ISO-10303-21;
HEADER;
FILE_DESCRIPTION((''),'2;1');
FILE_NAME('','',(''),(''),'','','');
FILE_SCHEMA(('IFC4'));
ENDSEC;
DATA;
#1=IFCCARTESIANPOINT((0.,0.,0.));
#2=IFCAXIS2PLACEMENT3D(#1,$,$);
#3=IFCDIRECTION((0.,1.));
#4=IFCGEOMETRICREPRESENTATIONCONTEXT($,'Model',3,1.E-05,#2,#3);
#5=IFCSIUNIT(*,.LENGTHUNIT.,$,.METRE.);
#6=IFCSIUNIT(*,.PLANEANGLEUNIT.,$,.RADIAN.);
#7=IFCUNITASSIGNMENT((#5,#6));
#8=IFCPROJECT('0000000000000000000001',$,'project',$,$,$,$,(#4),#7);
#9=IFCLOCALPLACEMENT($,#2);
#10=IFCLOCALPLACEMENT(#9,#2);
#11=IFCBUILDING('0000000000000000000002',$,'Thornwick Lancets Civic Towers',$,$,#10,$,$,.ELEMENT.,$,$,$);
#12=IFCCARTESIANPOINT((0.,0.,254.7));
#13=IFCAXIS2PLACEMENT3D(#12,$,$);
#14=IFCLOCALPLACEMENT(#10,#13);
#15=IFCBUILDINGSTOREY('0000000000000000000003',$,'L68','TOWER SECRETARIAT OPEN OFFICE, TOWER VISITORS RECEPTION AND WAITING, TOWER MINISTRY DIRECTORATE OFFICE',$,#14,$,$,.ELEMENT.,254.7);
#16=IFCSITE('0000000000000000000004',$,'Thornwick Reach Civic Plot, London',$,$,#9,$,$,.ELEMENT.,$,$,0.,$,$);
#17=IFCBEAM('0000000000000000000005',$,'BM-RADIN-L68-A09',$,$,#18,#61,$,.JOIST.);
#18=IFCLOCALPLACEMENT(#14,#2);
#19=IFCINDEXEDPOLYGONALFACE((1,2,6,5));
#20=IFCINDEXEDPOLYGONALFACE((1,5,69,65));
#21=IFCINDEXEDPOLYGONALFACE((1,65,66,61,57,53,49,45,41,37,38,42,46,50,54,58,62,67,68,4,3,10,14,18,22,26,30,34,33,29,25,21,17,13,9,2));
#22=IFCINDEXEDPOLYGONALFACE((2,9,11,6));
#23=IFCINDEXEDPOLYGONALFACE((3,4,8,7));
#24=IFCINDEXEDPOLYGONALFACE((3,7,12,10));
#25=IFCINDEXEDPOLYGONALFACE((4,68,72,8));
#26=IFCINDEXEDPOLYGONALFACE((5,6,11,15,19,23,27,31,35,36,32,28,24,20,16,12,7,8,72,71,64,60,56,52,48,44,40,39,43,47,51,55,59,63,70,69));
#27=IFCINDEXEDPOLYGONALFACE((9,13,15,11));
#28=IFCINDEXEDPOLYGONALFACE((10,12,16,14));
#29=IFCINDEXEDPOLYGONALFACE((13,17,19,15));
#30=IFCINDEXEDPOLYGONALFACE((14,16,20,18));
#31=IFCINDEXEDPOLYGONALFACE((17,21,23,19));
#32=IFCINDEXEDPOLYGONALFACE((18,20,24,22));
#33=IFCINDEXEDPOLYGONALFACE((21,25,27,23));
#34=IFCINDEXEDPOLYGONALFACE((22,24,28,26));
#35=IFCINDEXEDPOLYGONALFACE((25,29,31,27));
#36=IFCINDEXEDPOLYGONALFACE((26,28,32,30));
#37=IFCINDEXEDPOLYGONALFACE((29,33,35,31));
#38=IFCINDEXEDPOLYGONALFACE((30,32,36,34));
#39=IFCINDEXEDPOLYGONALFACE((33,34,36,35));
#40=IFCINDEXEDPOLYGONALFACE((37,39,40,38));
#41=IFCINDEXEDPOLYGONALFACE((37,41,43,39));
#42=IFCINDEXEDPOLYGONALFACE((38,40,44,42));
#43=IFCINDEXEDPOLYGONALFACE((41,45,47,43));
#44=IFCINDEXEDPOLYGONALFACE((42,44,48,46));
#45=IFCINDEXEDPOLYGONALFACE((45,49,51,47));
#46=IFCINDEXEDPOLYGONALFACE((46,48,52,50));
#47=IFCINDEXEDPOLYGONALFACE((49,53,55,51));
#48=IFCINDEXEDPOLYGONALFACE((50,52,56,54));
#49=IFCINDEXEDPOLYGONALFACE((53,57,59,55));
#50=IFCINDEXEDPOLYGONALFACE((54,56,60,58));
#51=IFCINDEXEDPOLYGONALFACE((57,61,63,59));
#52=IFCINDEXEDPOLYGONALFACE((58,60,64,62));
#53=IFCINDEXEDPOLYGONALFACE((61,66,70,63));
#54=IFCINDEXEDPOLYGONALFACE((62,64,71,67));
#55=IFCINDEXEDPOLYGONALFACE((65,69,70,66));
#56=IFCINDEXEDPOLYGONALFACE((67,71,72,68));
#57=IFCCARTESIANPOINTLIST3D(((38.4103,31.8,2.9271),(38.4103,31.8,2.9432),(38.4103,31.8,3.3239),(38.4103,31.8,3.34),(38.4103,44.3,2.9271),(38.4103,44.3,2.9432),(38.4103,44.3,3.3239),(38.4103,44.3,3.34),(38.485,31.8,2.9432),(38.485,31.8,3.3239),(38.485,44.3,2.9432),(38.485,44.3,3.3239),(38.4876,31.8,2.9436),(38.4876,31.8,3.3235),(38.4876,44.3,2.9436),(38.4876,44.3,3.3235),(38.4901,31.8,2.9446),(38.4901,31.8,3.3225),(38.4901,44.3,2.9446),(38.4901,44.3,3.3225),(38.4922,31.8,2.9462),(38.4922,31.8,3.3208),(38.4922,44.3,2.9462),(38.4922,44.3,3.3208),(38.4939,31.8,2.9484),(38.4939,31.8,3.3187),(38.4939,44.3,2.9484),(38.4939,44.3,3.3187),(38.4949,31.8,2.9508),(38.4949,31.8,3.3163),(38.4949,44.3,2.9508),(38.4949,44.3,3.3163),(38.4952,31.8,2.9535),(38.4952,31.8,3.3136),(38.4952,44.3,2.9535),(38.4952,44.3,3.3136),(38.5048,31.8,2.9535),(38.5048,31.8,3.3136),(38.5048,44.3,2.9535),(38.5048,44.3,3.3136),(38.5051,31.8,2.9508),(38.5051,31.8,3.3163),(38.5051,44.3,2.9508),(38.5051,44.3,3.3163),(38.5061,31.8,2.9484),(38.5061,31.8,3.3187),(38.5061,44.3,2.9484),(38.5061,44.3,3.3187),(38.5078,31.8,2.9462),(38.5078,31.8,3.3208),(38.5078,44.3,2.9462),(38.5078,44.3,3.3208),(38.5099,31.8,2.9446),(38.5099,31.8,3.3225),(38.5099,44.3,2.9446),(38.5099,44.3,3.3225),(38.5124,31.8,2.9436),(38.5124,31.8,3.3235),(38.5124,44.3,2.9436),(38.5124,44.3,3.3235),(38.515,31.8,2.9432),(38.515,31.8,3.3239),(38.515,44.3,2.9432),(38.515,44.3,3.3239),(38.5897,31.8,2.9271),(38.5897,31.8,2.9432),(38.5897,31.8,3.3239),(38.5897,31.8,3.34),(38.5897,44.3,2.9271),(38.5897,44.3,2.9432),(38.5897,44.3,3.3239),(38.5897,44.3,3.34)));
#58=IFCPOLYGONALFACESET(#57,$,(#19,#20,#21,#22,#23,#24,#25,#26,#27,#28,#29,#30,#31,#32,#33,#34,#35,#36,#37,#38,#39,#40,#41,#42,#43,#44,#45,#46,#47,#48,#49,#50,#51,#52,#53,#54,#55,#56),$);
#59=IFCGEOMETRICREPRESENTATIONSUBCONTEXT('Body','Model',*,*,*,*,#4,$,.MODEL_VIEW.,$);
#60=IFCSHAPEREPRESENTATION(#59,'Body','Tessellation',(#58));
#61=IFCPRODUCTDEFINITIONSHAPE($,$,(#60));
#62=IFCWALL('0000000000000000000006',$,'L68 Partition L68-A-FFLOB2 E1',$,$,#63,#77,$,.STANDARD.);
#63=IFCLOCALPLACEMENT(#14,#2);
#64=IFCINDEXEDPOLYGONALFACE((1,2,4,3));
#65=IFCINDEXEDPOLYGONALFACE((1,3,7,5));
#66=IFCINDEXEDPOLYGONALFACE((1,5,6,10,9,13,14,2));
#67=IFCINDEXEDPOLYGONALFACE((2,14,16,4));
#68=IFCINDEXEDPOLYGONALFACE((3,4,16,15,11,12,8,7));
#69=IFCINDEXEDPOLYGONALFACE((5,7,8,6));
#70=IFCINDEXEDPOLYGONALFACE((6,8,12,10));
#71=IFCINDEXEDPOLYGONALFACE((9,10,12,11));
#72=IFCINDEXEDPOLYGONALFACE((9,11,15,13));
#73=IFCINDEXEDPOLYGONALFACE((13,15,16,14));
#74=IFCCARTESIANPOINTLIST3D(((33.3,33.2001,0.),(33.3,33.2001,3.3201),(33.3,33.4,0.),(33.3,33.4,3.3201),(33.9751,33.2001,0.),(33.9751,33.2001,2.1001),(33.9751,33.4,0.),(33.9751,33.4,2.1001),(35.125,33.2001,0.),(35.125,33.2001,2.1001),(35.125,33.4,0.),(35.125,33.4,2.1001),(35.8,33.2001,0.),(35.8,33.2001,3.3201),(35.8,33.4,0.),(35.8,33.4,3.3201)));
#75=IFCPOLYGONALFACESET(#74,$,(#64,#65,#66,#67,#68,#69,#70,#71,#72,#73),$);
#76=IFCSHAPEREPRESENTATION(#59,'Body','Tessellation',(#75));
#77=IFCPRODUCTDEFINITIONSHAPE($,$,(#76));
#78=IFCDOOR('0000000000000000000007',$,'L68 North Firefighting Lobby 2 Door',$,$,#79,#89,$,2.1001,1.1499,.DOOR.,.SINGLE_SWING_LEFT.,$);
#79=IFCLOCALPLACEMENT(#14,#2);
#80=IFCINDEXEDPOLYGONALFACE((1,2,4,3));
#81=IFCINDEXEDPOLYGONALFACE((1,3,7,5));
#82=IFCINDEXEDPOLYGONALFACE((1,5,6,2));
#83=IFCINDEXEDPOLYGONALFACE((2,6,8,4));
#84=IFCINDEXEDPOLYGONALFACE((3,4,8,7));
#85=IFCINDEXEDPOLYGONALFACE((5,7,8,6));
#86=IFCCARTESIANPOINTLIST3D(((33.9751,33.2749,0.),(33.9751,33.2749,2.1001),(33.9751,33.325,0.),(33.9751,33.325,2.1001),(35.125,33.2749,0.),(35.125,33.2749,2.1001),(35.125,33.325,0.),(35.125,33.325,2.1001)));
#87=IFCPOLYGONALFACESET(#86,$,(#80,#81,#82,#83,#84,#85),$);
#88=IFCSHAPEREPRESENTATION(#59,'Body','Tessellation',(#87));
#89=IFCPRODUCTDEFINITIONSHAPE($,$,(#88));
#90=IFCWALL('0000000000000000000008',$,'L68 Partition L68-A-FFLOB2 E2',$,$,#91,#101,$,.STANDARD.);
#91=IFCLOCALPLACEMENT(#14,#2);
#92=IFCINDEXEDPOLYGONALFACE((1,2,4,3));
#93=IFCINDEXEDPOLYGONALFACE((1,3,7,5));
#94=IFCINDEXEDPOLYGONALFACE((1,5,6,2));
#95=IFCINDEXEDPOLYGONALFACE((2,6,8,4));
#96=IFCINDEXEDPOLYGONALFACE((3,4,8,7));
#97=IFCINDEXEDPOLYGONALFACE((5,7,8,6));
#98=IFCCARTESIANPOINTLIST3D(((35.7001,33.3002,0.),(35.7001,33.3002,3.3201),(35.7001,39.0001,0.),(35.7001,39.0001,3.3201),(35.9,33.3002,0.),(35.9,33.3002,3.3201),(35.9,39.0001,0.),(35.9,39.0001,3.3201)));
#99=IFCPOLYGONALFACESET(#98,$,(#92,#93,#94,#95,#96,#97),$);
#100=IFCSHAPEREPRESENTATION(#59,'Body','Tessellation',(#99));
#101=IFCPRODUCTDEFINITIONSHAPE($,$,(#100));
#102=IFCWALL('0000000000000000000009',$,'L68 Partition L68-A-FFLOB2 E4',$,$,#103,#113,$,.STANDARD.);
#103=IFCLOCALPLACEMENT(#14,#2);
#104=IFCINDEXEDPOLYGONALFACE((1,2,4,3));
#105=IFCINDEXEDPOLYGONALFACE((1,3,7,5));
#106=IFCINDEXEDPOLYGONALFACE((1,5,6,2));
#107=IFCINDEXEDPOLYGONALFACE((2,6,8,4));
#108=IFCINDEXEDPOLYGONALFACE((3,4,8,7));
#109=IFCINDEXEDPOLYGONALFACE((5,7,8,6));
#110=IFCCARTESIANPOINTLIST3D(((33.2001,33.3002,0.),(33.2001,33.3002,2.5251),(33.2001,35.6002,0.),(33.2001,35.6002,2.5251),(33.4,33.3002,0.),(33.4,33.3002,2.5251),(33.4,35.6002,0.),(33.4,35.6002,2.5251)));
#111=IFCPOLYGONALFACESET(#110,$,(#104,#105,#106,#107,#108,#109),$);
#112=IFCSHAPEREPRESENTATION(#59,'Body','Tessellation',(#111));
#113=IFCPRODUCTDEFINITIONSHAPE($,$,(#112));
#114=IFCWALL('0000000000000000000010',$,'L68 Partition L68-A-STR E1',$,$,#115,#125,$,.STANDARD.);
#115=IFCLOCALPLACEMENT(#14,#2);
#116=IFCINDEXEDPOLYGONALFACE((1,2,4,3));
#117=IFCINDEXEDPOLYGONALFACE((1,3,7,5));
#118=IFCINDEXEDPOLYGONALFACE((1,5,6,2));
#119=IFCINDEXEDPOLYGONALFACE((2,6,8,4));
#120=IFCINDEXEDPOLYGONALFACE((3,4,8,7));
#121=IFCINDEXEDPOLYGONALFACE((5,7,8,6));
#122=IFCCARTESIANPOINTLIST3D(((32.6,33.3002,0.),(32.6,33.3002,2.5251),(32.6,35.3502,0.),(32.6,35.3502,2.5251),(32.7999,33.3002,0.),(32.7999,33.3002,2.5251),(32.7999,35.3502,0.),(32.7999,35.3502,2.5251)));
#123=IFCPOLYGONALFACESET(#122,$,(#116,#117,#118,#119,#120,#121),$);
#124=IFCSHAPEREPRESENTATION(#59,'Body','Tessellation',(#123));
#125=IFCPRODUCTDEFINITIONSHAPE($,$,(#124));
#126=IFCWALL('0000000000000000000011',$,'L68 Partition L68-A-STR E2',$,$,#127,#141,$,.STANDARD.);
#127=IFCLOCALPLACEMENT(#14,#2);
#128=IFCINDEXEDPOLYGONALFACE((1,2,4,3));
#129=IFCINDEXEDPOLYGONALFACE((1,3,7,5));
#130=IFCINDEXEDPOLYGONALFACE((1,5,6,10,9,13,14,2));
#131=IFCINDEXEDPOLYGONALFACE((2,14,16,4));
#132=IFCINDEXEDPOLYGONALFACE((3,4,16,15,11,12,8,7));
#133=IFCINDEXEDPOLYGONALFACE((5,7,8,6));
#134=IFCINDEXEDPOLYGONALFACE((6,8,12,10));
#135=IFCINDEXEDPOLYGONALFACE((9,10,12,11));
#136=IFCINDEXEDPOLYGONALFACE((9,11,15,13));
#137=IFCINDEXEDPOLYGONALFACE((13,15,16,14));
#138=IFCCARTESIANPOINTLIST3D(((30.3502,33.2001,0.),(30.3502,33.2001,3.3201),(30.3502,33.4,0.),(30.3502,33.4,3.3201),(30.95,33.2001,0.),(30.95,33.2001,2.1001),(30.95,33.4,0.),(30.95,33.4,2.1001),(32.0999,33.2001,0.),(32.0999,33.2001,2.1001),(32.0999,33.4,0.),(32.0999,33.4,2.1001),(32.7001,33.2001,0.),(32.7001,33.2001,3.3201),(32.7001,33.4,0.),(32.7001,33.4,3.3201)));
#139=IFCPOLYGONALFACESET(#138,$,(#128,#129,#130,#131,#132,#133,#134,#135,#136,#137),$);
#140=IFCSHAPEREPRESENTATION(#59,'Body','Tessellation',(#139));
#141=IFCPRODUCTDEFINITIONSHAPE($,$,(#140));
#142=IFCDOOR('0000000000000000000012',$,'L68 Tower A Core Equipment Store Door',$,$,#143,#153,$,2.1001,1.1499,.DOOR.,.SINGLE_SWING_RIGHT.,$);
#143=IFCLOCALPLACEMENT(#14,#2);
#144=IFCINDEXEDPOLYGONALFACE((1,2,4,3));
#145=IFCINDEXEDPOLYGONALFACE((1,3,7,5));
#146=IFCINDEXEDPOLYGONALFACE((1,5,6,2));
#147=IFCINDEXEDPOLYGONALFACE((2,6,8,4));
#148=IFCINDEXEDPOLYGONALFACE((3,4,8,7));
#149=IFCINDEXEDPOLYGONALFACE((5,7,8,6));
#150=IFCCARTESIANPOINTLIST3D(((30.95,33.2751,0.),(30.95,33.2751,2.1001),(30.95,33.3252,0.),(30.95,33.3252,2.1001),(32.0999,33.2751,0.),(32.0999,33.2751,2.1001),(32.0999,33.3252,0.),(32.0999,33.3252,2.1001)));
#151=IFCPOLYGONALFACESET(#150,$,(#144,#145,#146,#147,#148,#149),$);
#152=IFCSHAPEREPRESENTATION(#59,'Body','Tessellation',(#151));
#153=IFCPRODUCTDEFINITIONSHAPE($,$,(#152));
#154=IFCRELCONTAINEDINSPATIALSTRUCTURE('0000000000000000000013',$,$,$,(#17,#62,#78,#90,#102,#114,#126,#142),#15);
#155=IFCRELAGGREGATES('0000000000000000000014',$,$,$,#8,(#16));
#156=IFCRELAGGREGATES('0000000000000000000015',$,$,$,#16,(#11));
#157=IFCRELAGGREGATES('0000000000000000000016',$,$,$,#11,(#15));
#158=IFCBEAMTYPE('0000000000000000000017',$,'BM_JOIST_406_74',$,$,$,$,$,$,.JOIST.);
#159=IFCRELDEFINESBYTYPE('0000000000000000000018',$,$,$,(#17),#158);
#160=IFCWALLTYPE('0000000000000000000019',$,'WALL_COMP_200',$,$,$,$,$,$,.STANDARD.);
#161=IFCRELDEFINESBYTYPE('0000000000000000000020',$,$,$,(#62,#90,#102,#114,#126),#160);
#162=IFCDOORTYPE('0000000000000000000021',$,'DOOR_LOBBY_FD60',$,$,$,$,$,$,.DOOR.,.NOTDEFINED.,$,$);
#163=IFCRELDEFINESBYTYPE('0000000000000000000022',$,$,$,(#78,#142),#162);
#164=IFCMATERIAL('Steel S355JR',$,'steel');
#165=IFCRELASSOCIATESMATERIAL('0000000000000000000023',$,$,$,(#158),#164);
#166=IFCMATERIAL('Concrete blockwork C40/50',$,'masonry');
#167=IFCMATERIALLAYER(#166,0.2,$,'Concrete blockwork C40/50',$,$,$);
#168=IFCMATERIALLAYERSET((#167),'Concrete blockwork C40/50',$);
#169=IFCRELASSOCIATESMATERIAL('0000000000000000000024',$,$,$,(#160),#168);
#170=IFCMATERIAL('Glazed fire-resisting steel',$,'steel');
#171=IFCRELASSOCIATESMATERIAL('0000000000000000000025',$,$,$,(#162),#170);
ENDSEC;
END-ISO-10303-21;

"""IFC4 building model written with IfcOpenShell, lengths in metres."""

from ifc_helpers import new_model, si_unit, direction, frame, frame_2d, origin, origin_2d, place, context, subcontext, project, spatial, rectangle, i_section, extrude, material, layer, layer_set, material_profile, profile_set, type_object, element, fill, save


model = new_model("IFC4")

# Units and contexts
model_context = context("Model", 3, precision=1e-05, world=origin(), true_north=direction((0.0, 1.0)))
body_context = subcontext(model_context, "Body", "Model", "MODEL_VIEW")
ifc_project = project(units=[si_unit("LENGTHUNIT", "METRE"), si_unit("PLANEANGLEUNIT", "RADIAN")], contexts=[model_context])

# Site, building, storey
site_placement = place(None, origin())
site = spatial("IfcSite", under=ifc_project, at=site_placement, Name="Thornwick Reach Civic Plot, London", CompositionType="ELEMENT", RefElevation=0.0)
building_placement = place(site_placement, origin())
building = spatial("IfcBuilding", under=site, at=building_placement, Name="Thornwick Lancets Civic Towers", CompositionType="ELEMENT")
storey_placement = place(building_placement, frame((0.0, 0.0, 254.7)))
storey = spatial("IfcBuildingStorey", under=building, at=storey_placement, Name="L68", Description="TOWER SECRETARIAT OPEN OFFICE, TOWER VISITORS RECEPTION AND WAITING, TOWER MINISTRY DIRECTORATE OFFICE", CompositionType="ELEMENT", Elevation=254.7)

# Shared definitions
ifc_material_1 = material(Name="Steel S355JR", Category="steel")

# Beam
ifc_material_profile_1 = material_profile(ifc_material_1, i_section(OverallWidth=0.1794, OverallDepth=0.4128, WebThickness=0.0095, FlangeThickness=0.0161, FilletRadius=0.0103, at=origin_2d()), Name="UKB 406x178x74")
ifc_profile_set_1 = profile_set([ifc_material_profile_1], Name="Steel S355JR")
beam_type_1 = type_object("IfcBeamType", Name="BM_JOIST_406_74", PredefinedType="JOIST", material=ifc_profile_set_1)
beam_1_placement = place(storey_placement, frame((38.5, 31.8, 3.1335), z_axis=(0.0, 1.0, 0.0), x_axis=(-1.0, 0.0, 0.0)))
element("IfcBeam", 1, at=beam_1_placement, inside=storey, type_object=beam_type_1, Name="BM-RADIN-L68-A09", PredefinedType="JOIST", context=body_context, shape_type="SweptSolid", body=[
    extrude(i_section(OverallWidth=0.1794, OverallDepth=0.4128, WebThickness=0.0095, FlangeThickness=0.0161, FilletRadius=0.0103, at=origin_2d()), origin(), (0.0, 0.0, 1.0), 12.5),
])

# Wall, opening, door
ifc_material_2 = material(Name="Concrete blockwork C40/50", Category="masonry")
ifc_layer_1 = layer(ifc_material_2, 0.2, Name="Concrete blockwork C40/50")
ifc_layer_set_1 = layer_set([ifc_layer_1], Name="Concrete blockwork C40/50")
wall_type_1 = type_object("IfcWallType", Name="WALL_COMP_200", PredefinedType="STANDARD", material=ifc_layer_set_1)
wall_1_placement = place(storey_placement, frame((33.3, 33.3, 0.0), z_axis=(0.0, 0.0, 1.0), x_axis=(1.0, 0.0, 0.0)))
wall_1 = element("IfcWall", 2, at=wall_1_placement, inside=storey, type_object=wall_type_1, Name="L68 Partition L68-A-FFLOB2 E1", PredefinedType="STANDARD", context=body_context, shape_type="SweptSolid", body=[
    extrude(rectangle(XDim=2.5, YDim=0.2, at=frame_2d((1.25, 0.0))), origin(), (0.0, 0.0, 1.0), 3.3201),
])
opening_1_placement = place(wall_1_placement, frame((0.675, 0.0, 0.0)))
opening_1 = element("IfcOpeningElement", 3, at=opening_1_placement, cuts=wall_1, PredefinedType="OPENING", context=body_context, shape_type="SweptSolid", body=[
    extrude(rectangle(XDim=1.1499, YDim=2.1001, at=frame_2d((0.575, 1.05))), frame((0.0, 0.1099, 0.0), z_axis=(0.0, -1.0, 0.0), x_axis=(1.0, 0.0, 0.0)), (0.0, 0.0, 1.0), 0.22),
])
ifc_material_3 = material(Name="Glazed fire-resisting steel", Category="steel")
door_type_1 = type_object("IfcDoorType", Name="DOOR_LOBBY_FD60", OperationType="NOTDEFINED", PredefinedType="DOOR", material=ifc_material_3)
door_1_placement = place(opening_1_placement, origin())
door_1 = element("IfcDoor", 4, at=door_1_placement, inside=storey, type_object=door_type_1, Name="L68 North Firefighting Lobby 2 Door", OperationType="SINGLE_SWING_LEFT", OverallHeight=2.1001, OverallWidth=1.1499, PredefinedType="DOOR", context=body_context, shape_type="SweptSolid", body=[
    extrude(rectangle(XDim=1.1499, YDim=2.1001, at=frame_2d((0.575, 1.05))), frame((0.0, 0.0249, 0.0), z_axis=(0.0, -1.0, 0.0), x_axis=(1.0, 0.0, 0.0)), (0.0, 0.0, 1.0), 0.05),
])
fill(opening_1, door_1)

# Walls
wall_2_placement = place(storey_placement, frame((35.8, 33.3, 0.0), z_axis=(0.0, 0.0, 1.0), x_axis=(0.0, 1.0, 0.0)))
element("IfcWall", 5, at=wall_2_placement, inside=storey, type_object=wall_type_1, Name="L68 Partition L68-A-FFLOB2 E2", PredefinedType="STANDARD", context=body_context, shape_type="SweptSolid", body=[
    extrude(rectangle(XDim=5.7, YDim=0.2, at=frame_2d((2.8501, 0.0))), origin(), (0.0, 0.0, 1.0), 3.3201),
])
wall_3_placement = place(storey_placement, frame((33.3, 35.6001, 0.0), z_axis=(0.0, 0.0, 1.0), x_axis=(0.0, -1.0, 0.0)))
element("IfcWall", 6, at=wall_3_placement, inside=storey, type_object=wall_type_1, Name="L68 Partition L68-A-FFLOB2 E4", PredefinedType="STANDARD", context=body_context, shape_type="SweptSolid", body=[
    extrude(rectangle(XDim=2.3, YDim=0.2, at=frame_2d((1.1499, 0.0))), origin(), (0.0, 0.0, 1.0), 2.5251),
])
wall_4_placement = place(storey_placement, frame((32.7, 35.3501, 0.0), z_axis=(0.0, 0.0, 1.0), x_axis=(0.0, -1.0, 0.0)))
element("IfcWall", 7, at=wall_4_placement, inside=storey, type_object=wall_type_1, Name="L68 Partition L68-A-STR E1", PredefinedType="STANDARD", context=body_context, shape_type="SweptSolid", body=[
    extrude(rectangle(XDim=2.05, YDim=0.2, at=frame_2d((1.0249, 0.0))), origin(), (0.0, 0.0, 1.0), 2.5251),
])

# Wall, opening, door
wall_5_placement = place(storey_placement, frame((32.7, 33.3, 0.0), z_axis=(0.0, 0.0, 1.0), x_axis=(-1.0, 0.0, 0.0)))
wall_5 = element("IfcWall", 8, at=wall_5_placement, inside=storey, type_object=wall_type_1, Name="L68 Partition L68-A-STR E2", PredefinedType="STANDARD", context=body_context, shape_type="SweptSolid", body=[
    extrude(rectangle(XDim=2.3499, YDim=0.2, at=frame_2d((1.1748, 0.0))), origin(), (0.0, 0.0, 1.0), 3.3201),
])
opening_2_placement = place(wall_5_placement, frame((0.6001, 0.0, 0.0)))
opening_2 = element("IfcOpeningElement", 9, at=opening_2_placement, cuts=wall_5, PredefinedType="OPENING", context=body_context, shape_type="SweptSolid", body=[
    extrude(rectangle(XDim=1.1499, YDim=2.1001, at=frame_2d((0.575, 1.05))), frame((0.0, 0.1099, 0.0), z_axis=(0.0, -1.0, 0.0), x_axis=(1.0, 0.0, 0.0)), (0.0, 0.0, 1.0), 0.22),
])
door_2_placement = place(opening_2_placement, origin())
door_2 = element("IfcDoor", 10, at=door_2_placement, inside=storey, type_object=door_type_1, Name="L68 Tower A Core Equipment Store Door", OperationType="SINGLE_SWING_RIGHT", OverallHeight=2.1001, OverallWidth=1.1499, PredefinedType="DOOR", context=body_context, shape_type="SweptSolid", body=[
    extrude(rectangle(XDim=1.1499, YDim=2.1001, at=frame_2d((0.575, 1.05))), frame((0.0, 0.0249, 0.0), z_axis=(0.0, -1.0, 0.0), x_axis=(1.0, 0.0, 0.0)), (0.0, 0.0, 1.0), 0.05),
])
fill(opening_2, door_2)

save(model, "model.ifc")
